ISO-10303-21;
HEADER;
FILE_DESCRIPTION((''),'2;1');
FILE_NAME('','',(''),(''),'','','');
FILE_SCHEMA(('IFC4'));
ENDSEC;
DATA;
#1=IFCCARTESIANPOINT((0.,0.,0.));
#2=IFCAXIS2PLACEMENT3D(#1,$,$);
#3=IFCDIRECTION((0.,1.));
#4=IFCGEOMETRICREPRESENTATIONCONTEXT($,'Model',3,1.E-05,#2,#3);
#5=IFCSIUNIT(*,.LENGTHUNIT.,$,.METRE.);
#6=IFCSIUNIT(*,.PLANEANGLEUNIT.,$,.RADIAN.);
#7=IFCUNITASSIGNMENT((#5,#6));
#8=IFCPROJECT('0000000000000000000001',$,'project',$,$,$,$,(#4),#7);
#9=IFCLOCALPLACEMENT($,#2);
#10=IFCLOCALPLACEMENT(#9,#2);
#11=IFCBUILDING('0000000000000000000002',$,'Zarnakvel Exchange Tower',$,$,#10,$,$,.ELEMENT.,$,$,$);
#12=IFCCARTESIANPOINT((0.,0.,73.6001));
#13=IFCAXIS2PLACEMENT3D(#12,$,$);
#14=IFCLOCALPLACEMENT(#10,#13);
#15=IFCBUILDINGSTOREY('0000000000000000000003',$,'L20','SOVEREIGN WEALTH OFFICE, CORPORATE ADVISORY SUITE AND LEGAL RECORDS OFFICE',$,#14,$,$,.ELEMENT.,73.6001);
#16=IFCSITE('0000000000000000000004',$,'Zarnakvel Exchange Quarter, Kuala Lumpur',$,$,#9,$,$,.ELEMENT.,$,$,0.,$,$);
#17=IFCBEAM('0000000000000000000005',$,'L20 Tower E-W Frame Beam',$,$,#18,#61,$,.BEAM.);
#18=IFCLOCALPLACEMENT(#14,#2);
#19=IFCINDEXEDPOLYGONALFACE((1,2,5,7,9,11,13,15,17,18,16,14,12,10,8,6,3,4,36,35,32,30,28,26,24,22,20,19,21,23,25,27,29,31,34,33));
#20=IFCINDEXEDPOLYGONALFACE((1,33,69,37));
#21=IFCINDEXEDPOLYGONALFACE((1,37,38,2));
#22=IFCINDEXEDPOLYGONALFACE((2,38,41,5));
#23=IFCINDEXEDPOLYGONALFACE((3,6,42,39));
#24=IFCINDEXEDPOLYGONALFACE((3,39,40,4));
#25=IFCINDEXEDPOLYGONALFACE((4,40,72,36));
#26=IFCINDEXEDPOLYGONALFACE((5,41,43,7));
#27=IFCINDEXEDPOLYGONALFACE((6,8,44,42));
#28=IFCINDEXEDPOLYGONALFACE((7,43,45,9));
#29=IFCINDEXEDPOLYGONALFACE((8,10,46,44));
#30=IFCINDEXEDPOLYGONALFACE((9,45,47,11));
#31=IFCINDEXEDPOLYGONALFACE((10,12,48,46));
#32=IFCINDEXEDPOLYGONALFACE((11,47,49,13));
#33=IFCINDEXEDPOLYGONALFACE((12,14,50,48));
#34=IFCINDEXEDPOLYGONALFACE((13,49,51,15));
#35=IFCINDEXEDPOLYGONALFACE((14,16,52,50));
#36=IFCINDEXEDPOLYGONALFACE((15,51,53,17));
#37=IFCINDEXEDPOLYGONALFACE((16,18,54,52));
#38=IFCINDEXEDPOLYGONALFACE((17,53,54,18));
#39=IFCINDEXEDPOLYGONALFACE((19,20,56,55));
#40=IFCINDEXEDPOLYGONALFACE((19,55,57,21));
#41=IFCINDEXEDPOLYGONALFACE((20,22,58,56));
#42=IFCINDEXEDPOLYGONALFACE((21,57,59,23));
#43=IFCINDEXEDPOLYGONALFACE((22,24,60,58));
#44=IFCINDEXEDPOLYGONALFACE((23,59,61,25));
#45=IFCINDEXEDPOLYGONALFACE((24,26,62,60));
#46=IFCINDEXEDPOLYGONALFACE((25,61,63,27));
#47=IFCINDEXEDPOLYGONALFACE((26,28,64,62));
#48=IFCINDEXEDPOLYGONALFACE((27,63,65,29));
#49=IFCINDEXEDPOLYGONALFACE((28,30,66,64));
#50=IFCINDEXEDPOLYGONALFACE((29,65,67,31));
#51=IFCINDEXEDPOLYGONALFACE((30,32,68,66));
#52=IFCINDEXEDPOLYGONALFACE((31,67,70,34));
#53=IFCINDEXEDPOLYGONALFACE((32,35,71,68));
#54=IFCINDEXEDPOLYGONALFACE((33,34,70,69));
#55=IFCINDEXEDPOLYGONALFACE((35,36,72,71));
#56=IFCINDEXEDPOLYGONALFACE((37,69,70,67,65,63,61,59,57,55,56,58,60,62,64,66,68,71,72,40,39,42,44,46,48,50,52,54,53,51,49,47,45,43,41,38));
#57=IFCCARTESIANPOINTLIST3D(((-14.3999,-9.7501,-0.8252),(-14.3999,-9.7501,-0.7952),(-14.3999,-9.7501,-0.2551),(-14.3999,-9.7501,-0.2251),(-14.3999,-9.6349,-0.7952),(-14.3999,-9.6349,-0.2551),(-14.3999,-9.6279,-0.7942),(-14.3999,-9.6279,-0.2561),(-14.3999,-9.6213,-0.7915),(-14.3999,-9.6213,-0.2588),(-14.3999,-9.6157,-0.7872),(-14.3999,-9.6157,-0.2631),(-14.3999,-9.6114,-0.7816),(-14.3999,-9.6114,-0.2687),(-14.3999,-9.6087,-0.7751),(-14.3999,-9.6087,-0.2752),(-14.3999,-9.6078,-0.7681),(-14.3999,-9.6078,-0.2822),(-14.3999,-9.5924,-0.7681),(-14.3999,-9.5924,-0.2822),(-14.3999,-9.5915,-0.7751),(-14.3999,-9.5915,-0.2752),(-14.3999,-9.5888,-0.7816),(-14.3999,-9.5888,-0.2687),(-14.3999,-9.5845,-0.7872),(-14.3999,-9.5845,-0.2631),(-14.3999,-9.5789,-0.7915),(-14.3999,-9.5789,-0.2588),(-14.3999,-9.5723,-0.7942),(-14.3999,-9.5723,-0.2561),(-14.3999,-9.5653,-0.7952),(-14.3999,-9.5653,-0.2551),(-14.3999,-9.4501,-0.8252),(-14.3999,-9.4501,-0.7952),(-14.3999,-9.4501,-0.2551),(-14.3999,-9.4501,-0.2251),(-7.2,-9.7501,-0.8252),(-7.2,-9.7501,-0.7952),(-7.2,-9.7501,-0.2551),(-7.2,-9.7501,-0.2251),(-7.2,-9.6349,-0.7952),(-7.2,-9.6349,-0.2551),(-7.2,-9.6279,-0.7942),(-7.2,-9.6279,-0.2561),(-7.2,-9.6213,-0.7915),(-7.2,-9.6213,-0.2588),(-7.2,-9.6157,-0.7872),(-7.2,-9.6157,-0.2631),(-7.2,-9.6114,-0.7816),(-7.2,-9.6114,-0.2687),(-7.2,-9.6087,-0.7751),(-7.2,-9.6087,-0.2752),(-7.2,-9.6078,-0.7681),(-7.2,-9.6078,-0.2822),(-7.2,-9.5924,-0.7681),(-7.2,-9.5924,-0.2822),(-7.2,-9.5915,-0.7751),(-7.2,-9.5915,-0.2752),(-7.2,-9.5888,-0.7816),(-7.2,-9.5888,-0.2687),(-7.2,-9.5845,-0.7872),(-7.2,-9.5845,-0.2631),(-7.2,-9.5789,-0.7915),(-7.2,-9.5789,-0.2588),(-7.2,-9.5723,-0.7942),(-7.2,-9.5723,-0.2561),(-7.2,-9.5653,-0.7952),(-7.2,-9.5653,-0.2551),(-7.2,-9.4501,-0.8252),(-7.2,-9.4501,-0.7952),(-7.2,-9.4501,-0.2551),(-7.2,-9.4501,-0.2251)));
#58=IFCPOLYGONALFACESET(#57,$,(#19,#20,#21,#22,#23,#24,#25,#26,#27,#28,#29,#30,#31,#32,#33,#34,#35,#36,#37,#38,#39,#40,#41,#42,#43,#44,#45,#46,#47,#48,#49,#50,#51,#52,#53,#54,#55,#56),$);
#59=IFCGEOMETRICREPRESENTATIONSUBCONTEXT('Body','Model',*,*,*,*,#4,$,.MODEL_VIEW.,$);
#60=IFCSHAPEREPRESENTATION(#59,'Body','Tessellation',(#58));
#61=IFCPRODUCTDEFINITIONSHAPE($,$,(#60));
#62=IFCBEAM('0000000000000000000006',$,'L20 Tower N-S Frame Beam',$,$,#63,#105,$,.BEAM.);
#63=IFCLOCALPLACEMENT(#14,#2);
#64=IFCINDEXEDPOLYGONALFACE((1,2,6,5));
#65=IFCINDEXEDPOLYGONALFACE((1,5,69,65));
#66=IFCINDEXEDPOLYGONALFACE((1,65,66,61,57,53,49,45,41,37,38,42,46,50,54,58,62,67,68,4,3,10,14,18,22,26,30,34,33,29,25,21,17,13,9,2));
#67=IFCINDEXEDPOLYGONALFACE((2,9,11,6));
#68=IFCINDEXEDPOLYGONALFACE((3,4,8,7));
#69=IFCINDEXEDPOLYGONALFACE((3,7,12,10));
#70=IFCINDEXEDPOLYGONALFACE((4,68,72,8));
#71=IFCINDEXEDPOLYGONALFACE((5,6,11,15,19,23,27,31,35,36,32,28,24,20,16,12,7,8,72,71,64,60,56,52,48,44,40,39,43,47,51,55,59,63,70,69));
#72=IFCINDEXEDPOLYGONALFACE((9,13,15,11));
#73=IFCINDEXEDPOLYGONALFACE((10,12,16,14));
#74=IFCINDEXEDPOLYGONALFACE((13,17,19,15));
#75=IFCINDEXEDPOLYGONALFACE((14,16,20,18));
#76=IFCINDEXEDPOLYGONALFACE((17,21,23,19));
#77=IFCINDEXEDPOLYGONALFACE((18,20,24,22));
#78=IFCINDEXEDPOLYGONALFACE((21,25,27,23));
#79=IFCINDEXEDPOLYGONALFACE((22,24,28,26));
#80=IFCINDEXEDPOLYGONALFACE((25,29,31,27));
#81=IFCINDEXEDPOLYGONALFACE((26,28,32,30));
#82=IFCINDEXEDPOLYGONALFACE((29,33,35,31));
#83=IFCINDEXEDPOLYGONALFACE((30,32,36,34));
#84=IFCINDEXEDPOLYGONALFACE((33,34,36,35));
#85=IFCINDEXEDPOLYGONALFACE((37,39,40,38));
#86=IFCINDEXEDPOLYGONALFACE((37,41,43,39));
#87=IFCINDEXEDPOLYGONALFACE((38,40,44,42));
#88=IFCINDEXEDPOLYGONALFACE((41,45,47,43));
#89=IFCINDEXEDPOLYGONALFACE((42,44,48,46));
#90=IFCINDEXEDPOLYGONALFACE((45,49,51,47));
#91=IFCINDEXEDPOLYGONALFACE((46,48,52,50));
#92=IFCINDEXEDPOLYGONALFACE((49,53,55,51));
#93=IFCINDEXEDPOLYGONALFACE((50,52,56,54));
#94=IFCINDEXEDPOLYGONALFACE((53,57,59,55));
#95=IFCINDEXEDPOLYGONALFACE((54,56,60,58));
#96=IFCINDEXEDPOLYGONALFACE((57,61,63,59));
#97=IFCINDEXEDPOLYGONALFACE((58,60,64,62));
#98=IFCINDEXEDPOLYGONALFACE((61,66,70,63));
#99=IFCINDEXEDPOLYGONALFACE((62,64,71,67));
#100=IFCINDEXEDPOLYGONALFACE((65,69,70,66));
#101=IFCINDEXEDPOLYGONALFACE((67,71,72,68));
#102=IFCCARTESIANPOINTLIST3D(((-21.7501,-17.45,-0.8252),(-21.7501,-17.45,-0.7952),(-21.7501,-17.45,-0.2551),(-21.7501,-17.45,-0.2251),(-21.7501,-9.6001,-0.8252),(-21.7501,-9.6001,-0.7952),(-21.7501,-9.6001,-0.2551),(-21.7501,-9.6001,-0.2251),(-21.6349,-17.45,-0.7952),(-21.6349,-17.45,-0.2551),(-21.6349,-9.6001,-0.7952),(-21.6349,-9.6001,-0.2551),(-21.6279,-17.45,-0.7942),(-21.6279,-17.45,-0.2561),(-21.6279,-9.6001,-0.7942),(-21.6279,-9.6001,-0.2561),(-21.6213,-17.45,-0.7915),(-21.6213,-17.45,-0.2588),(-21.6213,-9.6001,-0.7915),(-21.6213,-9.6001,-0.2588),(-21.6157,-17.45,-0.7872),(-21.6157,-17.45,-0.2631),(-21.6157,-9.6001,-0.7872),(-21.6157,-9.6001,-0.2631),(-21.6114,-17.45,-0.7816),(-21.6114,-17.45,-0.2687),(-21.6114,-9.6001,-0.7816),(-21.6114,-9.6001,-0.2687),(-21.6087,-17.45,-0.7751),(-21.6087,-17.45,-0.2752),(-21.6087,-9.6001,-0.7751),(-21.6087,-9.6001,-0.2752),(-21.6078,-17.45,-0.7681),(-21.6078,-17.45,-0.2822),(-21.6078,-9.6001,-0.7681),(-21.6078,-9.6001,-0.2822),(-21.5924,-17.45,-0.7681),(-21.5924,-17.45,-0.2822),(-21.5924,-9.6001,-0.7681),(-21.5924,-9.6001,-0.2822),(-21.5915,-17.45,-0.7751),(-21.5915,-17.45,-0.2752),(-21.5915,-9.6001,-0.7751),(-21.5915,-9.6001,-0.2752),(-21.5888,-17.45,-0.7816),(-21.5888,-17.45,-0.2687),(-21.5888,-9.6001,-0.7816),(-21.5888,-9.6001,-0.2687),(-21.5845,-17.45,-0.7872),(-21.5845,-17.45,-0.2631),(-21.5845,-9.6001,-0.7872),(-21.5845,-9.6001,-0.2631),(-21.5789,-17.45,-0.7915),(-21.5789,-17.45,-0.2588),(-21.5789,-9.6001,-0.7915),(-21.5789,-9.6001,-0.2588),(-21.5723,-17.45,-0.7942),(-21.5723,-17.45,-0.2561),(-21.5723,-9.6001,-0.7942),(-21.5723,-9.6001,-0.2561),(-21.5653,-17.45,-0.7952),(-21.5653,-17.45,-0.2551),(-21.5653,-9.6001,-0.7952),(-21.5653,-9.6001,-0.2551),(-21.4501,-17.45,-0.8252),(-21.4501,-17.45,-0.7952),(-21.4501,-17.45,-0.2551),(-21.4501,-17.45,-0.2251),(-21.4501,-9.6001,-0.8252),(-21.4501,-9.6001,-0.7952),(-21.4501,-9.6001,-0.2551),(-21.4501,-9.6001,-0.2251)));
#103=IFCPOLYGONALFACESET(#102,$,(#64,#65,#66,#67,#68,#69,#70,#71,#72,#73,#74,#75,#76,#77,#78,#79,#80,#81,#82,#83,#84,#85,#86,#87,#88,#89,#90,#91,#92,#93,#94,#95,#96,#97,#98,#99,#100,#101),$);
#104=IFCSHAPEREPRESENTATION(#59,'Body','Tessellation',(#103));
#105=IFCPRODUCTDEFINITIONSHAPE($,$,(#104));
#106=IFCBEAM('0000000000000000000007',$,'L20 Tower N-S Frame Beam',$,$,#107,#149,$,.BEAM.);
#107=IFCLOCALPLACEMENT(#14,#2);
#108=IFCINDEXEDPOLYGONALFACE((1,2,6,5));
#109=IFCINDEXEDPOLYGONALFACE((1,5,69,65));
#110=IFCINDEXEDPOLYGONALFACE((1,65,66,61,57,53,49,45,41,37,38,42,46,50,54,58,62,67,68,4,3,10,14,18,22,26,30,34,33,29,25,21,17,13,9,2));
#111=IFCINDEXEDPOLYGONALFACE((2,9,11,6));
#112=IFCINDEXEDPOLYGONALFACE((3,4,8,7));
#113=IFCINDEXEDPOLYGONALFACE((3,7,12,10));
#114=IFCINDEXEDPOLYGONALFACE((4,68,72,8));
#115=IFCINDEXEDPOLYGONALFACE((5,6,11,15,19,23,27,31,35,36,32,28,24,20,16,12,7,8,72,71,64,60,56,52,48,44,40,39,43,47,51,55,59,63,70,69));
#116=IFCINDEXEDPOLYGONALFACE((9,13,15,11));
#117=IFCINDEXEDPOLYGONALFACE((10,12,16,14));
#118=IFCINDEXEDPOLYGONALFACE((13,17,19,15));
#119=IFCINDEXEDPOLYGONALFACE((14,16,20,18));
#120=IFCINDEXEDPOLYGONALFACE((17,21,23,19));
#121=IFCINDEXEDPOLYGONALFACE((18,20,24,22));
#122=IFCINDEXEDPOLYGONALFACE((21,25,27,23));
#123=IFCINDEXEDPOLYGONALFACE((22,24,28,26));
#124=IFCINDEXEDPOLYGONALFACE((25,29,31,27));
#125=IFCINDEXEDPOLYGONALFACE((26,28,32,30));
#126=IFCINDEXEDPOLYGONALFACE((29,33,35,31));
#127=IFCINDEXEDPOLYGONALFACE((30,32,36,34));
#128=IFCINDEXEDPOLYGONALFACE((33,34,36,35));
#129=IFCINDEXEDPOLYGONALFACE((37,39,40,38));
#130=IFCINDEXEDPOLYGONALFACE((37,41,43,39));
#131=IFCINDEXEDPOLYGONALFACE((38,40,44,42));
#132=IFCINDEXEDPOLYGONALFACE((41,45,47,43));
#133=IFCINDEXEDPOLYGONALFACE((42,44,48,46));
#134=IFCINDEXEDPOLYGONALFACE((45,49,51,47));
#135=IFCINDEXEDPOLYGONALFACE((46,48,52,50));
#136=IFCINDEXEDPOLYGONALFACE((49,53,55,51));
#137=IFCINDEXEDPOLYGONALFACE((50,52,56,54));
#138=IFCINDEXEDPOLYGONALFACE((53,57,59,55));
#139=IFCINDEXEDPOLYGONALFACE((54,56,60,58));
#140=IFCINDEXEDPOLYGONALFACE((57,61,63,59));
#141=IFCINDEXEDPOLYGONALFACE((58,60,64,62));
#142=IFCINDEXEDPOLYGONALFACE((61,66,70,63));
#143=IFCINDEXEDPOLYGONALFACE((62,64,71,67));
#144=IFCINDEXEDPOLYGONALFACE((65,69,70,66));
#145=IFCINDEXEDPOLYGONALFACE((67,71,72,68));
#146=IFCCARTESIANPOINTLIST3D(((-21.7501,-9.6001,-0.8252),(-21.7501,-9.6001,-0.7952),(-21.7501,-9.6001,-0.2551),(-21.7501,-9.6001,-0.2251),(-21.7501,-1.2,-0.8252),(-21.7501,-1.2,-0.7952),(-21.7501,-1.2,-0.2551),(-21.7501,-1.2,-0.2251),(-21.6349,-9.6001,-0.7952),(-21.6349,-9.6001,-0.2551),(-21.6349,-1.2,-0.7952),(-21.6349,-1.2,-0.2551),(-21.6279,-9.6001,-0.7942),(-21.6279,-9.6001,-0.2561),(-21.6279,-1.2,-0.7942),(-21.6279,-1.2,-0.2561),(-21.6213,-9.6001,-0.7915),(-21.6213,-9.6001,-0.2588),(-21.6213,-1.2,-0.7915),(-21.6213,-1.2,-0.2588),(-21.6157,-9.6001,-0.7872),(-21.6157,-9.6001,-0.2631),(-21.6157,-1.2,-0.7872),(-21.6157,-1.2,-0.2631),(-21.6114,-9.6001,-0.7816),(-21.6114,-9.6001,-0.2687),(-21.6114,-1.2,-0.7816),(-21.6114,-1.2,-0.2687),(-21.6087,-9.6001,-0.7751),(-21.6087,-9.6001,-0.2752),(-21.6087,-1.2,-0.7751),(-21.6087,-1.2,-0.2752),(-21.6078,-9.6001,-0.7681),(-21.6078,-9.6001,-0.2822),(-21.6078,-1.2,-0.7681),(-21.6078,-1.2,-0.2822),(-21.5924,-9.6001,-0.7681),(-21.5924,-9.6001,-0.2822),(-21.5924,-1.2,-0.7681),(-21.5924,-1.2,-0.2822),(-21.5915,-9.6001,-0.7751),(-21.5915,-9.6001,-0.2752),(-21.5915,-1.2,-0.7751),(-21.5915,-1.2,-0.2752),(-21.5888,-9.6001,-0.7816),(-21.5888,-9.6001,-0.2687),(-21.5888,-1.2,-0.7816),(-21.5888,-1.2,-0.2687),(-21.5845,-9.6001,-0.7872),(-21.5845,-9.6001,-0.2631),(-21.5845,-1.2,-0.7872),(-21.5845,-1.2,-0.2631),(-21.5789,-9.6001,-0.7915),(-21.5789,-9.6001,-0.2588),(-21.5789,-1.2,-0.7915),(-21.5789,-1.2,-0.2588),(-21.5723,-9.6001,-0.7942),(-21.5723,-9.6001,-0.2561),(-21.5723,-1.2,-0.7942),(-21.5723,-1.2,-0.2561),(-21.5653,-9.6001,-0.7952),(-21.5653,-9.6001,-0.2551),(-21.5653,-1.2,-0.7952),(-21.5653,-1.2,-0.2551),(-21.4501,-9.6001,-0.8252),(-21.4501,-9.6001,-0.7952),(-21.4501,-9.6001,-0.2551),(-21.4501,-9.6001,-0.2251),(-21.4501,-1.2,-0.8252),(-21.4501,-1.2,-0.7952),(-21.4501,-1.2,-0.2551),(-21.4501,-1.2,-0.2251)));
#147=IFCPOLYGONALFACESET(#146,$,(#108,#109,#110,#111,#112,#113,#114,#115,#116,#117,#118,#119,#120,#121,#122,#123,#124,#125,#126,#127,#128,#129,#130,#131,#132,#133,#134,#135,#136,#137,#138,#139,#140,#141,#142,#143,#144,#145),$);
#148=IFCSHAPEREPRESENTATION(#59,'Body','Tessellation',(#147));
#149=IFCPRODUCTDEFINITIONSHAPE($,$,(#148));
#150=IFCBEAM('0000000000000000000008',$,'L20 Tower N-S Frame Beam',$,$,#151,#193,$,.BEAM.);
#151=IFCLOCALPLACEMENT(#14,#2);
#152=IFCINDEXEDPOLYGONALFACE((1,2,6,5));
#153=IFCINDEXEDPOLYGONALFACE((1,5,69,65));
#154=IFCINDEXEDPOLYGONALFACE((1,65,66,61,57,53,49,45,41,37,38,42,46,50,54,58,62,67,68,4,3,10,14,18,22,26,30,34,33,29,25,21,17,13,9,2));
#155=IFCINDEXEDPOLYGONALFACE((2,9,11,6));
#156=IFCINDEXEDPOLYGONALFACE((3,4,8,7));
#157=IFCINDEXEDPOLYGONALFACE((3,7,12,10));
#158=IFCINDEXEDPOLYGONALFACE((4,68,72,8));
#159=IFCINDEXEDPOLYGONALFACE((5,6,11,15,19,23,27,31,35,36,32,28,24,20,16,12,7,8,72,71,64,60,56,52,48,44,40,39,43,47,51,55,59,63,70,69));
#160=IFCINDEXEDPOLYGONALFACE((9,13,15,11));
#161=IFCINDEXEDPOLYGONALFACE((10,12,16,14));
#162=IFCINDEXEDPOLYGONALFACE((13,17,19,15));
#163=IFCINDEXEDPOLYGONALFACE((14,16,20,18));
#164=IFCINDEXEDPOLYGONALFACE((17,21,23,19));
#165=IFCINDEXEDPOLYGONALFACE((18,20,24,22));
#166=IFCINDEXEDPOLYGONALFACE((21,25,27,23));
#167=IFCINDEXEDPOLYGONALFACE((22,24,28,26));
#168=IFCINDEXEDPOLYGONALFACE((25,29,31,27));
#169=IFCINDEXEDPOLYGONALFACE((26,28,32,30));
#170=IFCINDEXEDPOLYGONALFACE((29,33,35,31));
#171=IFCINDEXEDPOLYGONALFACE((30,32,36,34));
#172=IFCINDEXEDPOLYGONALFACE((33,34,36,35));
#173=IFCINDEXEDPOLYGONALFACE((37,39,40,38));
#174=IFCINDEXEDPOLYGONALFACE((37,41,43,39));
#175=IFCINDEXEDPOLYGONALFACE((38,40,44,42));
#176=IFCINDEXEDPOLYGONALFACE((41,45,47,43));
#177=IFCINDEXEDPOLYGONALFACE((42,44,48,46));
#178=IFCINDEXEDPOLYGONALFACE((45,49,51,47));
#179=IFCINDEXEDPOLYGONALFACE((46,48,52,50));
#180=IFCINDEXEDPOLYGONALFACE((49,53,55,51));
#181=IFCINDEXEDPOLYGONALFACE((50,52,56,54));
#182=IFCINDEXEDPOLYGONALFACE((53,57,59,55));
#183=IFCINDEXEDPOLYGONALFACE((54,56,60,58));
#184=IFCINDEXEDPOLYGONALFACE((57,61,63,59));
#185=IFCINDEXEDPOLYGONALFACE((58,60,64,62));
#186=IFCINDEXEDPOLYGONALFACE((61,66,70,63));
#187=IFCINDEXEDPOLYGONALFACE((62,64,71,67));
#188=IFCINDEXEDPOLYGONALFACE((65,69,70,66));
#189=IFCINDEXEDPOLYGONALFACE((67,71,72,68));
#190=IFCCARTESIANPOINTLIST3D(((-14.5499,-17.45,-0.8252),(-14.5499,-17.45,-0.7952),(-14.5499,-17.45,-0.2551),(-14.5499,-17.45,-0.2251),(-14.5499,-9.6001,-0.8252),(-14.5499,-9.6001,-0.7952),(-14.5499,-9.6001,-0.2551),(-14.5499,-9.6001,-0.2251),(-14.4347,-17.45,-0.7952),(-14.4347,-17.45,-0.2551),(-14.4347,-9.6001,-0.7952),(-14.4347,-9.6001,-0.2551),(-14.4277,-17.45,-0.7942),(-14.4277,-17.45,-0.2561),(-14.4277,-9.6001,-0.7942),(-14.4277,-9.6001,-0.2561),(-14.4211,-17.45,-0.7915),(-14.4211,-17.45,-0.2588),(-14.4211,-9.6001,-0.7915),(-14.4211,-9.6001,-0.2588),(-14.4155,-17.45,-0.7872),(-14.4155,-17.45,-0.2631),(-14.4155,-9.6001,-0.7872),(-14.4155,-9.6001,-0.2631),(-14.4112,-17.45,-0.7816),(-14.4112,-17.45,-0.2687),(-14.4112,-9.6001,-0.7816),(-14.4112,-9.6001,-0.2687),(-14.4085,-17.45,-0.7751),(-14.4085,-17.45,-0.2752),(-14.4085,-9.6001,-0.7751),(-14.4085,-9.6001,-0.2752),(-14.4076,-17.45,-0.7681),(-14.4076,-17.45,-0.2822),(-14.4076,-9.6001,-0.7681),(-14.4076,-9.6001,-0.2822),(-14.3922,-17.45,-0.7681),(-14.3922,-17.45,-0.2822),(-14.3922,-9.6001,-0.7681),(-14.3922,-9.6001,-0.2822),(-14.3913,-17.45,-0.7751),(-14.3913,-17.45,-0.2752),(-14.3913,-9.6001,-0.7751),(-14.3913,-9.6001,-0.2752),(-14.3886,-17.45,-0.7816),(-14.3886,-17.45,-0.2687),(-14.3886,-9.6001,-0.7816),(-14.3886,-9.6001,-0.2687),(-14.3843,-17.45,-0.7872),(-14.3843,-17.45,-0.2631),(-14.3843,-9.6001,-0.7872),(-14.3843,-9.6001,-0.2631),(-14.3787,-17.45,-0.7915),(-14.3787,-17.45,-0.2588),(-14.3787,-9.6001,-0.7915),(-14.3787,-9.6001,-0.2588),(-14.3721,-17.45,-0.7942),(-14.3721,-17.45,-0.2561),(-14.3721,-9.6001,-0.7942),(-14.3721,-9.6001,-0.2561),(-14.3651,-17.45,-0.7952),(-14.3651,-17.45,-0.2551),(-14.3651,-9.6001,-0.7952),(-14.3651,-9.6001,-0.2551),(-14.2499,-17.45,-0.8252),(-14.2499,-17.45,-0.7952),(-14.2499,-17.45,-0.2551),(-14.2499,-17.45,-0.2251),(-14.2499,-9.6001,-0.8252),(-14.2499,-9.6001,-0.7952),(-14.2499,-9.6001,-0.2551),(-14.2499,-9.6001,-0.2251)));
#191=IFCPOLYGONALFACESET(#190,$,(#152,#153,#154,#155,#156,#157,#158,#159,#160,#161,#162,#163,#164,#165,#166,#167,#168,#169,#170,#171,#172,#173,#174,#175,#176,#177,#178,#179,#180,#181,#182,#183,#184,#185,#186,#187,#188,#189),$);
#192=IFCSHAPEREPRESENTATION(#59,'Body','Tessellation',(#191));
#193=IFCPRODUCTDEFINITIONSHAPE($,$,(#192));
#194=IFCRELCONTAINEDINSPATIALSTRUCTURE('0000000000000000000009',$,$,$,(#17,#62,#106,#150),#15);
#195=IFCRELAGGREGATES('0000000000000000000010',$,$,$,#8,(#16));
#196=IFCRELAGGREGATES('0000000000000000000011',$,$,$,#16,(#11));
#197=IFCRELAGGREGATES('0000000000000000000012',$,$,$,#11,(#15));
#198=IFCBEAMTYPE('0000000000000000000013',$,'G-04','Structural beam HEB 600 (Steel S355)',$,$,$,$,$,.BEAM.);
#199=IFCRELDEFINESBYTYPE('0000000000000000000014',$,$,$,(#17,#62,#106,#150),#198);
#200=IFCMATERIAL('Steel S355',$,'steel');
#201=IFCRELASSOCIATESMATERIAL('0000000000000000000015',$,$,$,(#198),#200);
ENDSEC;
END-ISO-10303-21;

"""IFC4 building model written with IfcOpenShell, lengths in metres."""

from ifc_helpers import new_model, si_unit, direction, frame, origin, origin_2d, place, context, subcontext, project, spatial, i_section, extrude, material, material_profile, profile_set, type_object, element, save


model = new_model("IFC4")

# Units and contexts
model_context = context("Model", 3, precision=1e-05, world=origin(), true_north=direction((0.0, 1.0)))
body_context = subcontext(model_context, "Body", "Model", "MODEL_VIEW")
ifc_project = project(units=[si_unit("LENGTHUNIT", "METRE"), si_unit("PLANEANGLEUNIT", "RADIAN")], contexts=[model_context])

# Site, building, storey
site_placement = place(None, origin())
site = spatial("IfcSite", under=ifc_project, at=site_placement, Name="Zarnakvel Exchange Quarter, Kuala Lumpur", CompositionType="ELEMENT", RefElevation=0.0)
building_placement = place(site_placement, origin())
building = spatial("IfcBuilding", under=site, at=building_placement, Name="Zarnakvel Exchange Tower", CompositionType="ELEMENT")
storey_placement = place(building_placement, frame((0.0, 0.0, 73.6001)))
storey = spatial("IfcBuildingStorey", under=building, at=storey_placement, Name="L20", Description="SOVEREIGN WEALTH OFFICE, CORPORATE ADVISORY SUITE AND LEGAL RECORDS OFFICE", CompositionType="ELEMENT", Elevation=73.6001)

# Shared definitions
ifc_material_1 = material(Name="Steel S355", Category="steel")

# Beams
ifc_material_profile_1 = material_profile(ifc_material_1, i_section(OverallWidth=0.3, OverallDepth=0.6001, WebThickness=0.0154, FlangeThickness=0.03, FilletRadius=0.0271, at=origin_2d()))
ifc_profile_set_1 = profile_set([ifc_material_profile_1], Name="Steel S355")
beam_type_1 = type_object("IfcBeamType", Name="G-04", Description="Structural beam HEB 600 (Steel S355)", PredefinedType="BEAM", material=ifc_profile_set_1)
beam_1_placement = place(storey_placement, frame((-14.3999, -9.6001, -0.5251), z_axis=(1.0, 0.0, 0.0), x_axis=(0.0, 1.0, 0.0)))
element("IfcBeam", 1, at=beam_1_placement, inside=storey, type_object=beam_type_1, Name="L20 Tower E-W Frame Beam", PredefinedType="BEAM", context=body_context, shape_type="SweptSolid", body=[
    extrude(i_section(OverallWidth=0.3, OverallDepth=0.6001, WebThickness=0.0154, FlangeThickness=0.03, FilletRadius=0.0271, at=origin_2d()), origin(), (0.0, 0.0, 1.0), 7.2),
])
beam_2_placement = place(storey_placement, frame((-21.6001, -17.45, -0.5251), z_axis=(0.0, 1.0, 0.0), x_axis=(-1.0, 0.0, 0.0)))
element("IfcBeam", 2, at=beam_2_placement, inside=storey, type_object=beam_type_1, Name="L20 Tower N-S Frame Beam", PredefinedType="BEAM", context=body_context, shape_type="SweptSolid", body=[
    extrude(i_section(OverallWidth=0.3, OverallDepth=0.6001, WebThickness=0.0154, FlangeThickness=0.03, FilletRadius=0.0271, at=origin_2d()), origin(), (0.0, 0.0, 1.0), 7.8499),
])
beam_3_placement = place(storey_placement, frame((-21.6001, -9.6001, -0.5251), z_axis=(0.0, 1.0, 0.0), x_axis=(-1.0, 0.0, 0.0)))
element("IfcBeam", 3, at=beam_3_placement, inside=storey, type_object=beam_type_1, Name="L20 Tower N-S Frame Beam", PredefinedType="BEAM", context=body_context, shape_type="SweptSolid", body=[
    extrude(i_section(OverallWidth=0.3, OverallDepth=0.6001, WebThickness=0.0154, FlangeThickness=0.03, FilletRadius=0.0271, at=origin_2d()), origin(), (0.0, 0.0, 1.0), 8.4001),
])
beam_4_placement = place(storey_placement, frame((-14.3999, -17.45, -0.5251), z_axis=(0.0, 1.0, 0.0), x_axis=(-1.0, 0.0, 0.0)))
element("IfcBeam", 4, at=beam_4_placement, inside=storey, type_object=beam_type_1, Name="L20 Tower N-S Frame Beam", PredefinedType="BEAM", context=body_context, shape_type="SweptSolid", body=[
    extrude(i_section(OverallWidth=0.3, OverallDepth=0.6001, WebThickness=0.0154, FlangeThickness=0.03, FilletRadius=0.0271, at=origin_2d()), origin(), (0.0, 0.0, 1.0), 7.8499),
])

save(model, "model.ifc")
